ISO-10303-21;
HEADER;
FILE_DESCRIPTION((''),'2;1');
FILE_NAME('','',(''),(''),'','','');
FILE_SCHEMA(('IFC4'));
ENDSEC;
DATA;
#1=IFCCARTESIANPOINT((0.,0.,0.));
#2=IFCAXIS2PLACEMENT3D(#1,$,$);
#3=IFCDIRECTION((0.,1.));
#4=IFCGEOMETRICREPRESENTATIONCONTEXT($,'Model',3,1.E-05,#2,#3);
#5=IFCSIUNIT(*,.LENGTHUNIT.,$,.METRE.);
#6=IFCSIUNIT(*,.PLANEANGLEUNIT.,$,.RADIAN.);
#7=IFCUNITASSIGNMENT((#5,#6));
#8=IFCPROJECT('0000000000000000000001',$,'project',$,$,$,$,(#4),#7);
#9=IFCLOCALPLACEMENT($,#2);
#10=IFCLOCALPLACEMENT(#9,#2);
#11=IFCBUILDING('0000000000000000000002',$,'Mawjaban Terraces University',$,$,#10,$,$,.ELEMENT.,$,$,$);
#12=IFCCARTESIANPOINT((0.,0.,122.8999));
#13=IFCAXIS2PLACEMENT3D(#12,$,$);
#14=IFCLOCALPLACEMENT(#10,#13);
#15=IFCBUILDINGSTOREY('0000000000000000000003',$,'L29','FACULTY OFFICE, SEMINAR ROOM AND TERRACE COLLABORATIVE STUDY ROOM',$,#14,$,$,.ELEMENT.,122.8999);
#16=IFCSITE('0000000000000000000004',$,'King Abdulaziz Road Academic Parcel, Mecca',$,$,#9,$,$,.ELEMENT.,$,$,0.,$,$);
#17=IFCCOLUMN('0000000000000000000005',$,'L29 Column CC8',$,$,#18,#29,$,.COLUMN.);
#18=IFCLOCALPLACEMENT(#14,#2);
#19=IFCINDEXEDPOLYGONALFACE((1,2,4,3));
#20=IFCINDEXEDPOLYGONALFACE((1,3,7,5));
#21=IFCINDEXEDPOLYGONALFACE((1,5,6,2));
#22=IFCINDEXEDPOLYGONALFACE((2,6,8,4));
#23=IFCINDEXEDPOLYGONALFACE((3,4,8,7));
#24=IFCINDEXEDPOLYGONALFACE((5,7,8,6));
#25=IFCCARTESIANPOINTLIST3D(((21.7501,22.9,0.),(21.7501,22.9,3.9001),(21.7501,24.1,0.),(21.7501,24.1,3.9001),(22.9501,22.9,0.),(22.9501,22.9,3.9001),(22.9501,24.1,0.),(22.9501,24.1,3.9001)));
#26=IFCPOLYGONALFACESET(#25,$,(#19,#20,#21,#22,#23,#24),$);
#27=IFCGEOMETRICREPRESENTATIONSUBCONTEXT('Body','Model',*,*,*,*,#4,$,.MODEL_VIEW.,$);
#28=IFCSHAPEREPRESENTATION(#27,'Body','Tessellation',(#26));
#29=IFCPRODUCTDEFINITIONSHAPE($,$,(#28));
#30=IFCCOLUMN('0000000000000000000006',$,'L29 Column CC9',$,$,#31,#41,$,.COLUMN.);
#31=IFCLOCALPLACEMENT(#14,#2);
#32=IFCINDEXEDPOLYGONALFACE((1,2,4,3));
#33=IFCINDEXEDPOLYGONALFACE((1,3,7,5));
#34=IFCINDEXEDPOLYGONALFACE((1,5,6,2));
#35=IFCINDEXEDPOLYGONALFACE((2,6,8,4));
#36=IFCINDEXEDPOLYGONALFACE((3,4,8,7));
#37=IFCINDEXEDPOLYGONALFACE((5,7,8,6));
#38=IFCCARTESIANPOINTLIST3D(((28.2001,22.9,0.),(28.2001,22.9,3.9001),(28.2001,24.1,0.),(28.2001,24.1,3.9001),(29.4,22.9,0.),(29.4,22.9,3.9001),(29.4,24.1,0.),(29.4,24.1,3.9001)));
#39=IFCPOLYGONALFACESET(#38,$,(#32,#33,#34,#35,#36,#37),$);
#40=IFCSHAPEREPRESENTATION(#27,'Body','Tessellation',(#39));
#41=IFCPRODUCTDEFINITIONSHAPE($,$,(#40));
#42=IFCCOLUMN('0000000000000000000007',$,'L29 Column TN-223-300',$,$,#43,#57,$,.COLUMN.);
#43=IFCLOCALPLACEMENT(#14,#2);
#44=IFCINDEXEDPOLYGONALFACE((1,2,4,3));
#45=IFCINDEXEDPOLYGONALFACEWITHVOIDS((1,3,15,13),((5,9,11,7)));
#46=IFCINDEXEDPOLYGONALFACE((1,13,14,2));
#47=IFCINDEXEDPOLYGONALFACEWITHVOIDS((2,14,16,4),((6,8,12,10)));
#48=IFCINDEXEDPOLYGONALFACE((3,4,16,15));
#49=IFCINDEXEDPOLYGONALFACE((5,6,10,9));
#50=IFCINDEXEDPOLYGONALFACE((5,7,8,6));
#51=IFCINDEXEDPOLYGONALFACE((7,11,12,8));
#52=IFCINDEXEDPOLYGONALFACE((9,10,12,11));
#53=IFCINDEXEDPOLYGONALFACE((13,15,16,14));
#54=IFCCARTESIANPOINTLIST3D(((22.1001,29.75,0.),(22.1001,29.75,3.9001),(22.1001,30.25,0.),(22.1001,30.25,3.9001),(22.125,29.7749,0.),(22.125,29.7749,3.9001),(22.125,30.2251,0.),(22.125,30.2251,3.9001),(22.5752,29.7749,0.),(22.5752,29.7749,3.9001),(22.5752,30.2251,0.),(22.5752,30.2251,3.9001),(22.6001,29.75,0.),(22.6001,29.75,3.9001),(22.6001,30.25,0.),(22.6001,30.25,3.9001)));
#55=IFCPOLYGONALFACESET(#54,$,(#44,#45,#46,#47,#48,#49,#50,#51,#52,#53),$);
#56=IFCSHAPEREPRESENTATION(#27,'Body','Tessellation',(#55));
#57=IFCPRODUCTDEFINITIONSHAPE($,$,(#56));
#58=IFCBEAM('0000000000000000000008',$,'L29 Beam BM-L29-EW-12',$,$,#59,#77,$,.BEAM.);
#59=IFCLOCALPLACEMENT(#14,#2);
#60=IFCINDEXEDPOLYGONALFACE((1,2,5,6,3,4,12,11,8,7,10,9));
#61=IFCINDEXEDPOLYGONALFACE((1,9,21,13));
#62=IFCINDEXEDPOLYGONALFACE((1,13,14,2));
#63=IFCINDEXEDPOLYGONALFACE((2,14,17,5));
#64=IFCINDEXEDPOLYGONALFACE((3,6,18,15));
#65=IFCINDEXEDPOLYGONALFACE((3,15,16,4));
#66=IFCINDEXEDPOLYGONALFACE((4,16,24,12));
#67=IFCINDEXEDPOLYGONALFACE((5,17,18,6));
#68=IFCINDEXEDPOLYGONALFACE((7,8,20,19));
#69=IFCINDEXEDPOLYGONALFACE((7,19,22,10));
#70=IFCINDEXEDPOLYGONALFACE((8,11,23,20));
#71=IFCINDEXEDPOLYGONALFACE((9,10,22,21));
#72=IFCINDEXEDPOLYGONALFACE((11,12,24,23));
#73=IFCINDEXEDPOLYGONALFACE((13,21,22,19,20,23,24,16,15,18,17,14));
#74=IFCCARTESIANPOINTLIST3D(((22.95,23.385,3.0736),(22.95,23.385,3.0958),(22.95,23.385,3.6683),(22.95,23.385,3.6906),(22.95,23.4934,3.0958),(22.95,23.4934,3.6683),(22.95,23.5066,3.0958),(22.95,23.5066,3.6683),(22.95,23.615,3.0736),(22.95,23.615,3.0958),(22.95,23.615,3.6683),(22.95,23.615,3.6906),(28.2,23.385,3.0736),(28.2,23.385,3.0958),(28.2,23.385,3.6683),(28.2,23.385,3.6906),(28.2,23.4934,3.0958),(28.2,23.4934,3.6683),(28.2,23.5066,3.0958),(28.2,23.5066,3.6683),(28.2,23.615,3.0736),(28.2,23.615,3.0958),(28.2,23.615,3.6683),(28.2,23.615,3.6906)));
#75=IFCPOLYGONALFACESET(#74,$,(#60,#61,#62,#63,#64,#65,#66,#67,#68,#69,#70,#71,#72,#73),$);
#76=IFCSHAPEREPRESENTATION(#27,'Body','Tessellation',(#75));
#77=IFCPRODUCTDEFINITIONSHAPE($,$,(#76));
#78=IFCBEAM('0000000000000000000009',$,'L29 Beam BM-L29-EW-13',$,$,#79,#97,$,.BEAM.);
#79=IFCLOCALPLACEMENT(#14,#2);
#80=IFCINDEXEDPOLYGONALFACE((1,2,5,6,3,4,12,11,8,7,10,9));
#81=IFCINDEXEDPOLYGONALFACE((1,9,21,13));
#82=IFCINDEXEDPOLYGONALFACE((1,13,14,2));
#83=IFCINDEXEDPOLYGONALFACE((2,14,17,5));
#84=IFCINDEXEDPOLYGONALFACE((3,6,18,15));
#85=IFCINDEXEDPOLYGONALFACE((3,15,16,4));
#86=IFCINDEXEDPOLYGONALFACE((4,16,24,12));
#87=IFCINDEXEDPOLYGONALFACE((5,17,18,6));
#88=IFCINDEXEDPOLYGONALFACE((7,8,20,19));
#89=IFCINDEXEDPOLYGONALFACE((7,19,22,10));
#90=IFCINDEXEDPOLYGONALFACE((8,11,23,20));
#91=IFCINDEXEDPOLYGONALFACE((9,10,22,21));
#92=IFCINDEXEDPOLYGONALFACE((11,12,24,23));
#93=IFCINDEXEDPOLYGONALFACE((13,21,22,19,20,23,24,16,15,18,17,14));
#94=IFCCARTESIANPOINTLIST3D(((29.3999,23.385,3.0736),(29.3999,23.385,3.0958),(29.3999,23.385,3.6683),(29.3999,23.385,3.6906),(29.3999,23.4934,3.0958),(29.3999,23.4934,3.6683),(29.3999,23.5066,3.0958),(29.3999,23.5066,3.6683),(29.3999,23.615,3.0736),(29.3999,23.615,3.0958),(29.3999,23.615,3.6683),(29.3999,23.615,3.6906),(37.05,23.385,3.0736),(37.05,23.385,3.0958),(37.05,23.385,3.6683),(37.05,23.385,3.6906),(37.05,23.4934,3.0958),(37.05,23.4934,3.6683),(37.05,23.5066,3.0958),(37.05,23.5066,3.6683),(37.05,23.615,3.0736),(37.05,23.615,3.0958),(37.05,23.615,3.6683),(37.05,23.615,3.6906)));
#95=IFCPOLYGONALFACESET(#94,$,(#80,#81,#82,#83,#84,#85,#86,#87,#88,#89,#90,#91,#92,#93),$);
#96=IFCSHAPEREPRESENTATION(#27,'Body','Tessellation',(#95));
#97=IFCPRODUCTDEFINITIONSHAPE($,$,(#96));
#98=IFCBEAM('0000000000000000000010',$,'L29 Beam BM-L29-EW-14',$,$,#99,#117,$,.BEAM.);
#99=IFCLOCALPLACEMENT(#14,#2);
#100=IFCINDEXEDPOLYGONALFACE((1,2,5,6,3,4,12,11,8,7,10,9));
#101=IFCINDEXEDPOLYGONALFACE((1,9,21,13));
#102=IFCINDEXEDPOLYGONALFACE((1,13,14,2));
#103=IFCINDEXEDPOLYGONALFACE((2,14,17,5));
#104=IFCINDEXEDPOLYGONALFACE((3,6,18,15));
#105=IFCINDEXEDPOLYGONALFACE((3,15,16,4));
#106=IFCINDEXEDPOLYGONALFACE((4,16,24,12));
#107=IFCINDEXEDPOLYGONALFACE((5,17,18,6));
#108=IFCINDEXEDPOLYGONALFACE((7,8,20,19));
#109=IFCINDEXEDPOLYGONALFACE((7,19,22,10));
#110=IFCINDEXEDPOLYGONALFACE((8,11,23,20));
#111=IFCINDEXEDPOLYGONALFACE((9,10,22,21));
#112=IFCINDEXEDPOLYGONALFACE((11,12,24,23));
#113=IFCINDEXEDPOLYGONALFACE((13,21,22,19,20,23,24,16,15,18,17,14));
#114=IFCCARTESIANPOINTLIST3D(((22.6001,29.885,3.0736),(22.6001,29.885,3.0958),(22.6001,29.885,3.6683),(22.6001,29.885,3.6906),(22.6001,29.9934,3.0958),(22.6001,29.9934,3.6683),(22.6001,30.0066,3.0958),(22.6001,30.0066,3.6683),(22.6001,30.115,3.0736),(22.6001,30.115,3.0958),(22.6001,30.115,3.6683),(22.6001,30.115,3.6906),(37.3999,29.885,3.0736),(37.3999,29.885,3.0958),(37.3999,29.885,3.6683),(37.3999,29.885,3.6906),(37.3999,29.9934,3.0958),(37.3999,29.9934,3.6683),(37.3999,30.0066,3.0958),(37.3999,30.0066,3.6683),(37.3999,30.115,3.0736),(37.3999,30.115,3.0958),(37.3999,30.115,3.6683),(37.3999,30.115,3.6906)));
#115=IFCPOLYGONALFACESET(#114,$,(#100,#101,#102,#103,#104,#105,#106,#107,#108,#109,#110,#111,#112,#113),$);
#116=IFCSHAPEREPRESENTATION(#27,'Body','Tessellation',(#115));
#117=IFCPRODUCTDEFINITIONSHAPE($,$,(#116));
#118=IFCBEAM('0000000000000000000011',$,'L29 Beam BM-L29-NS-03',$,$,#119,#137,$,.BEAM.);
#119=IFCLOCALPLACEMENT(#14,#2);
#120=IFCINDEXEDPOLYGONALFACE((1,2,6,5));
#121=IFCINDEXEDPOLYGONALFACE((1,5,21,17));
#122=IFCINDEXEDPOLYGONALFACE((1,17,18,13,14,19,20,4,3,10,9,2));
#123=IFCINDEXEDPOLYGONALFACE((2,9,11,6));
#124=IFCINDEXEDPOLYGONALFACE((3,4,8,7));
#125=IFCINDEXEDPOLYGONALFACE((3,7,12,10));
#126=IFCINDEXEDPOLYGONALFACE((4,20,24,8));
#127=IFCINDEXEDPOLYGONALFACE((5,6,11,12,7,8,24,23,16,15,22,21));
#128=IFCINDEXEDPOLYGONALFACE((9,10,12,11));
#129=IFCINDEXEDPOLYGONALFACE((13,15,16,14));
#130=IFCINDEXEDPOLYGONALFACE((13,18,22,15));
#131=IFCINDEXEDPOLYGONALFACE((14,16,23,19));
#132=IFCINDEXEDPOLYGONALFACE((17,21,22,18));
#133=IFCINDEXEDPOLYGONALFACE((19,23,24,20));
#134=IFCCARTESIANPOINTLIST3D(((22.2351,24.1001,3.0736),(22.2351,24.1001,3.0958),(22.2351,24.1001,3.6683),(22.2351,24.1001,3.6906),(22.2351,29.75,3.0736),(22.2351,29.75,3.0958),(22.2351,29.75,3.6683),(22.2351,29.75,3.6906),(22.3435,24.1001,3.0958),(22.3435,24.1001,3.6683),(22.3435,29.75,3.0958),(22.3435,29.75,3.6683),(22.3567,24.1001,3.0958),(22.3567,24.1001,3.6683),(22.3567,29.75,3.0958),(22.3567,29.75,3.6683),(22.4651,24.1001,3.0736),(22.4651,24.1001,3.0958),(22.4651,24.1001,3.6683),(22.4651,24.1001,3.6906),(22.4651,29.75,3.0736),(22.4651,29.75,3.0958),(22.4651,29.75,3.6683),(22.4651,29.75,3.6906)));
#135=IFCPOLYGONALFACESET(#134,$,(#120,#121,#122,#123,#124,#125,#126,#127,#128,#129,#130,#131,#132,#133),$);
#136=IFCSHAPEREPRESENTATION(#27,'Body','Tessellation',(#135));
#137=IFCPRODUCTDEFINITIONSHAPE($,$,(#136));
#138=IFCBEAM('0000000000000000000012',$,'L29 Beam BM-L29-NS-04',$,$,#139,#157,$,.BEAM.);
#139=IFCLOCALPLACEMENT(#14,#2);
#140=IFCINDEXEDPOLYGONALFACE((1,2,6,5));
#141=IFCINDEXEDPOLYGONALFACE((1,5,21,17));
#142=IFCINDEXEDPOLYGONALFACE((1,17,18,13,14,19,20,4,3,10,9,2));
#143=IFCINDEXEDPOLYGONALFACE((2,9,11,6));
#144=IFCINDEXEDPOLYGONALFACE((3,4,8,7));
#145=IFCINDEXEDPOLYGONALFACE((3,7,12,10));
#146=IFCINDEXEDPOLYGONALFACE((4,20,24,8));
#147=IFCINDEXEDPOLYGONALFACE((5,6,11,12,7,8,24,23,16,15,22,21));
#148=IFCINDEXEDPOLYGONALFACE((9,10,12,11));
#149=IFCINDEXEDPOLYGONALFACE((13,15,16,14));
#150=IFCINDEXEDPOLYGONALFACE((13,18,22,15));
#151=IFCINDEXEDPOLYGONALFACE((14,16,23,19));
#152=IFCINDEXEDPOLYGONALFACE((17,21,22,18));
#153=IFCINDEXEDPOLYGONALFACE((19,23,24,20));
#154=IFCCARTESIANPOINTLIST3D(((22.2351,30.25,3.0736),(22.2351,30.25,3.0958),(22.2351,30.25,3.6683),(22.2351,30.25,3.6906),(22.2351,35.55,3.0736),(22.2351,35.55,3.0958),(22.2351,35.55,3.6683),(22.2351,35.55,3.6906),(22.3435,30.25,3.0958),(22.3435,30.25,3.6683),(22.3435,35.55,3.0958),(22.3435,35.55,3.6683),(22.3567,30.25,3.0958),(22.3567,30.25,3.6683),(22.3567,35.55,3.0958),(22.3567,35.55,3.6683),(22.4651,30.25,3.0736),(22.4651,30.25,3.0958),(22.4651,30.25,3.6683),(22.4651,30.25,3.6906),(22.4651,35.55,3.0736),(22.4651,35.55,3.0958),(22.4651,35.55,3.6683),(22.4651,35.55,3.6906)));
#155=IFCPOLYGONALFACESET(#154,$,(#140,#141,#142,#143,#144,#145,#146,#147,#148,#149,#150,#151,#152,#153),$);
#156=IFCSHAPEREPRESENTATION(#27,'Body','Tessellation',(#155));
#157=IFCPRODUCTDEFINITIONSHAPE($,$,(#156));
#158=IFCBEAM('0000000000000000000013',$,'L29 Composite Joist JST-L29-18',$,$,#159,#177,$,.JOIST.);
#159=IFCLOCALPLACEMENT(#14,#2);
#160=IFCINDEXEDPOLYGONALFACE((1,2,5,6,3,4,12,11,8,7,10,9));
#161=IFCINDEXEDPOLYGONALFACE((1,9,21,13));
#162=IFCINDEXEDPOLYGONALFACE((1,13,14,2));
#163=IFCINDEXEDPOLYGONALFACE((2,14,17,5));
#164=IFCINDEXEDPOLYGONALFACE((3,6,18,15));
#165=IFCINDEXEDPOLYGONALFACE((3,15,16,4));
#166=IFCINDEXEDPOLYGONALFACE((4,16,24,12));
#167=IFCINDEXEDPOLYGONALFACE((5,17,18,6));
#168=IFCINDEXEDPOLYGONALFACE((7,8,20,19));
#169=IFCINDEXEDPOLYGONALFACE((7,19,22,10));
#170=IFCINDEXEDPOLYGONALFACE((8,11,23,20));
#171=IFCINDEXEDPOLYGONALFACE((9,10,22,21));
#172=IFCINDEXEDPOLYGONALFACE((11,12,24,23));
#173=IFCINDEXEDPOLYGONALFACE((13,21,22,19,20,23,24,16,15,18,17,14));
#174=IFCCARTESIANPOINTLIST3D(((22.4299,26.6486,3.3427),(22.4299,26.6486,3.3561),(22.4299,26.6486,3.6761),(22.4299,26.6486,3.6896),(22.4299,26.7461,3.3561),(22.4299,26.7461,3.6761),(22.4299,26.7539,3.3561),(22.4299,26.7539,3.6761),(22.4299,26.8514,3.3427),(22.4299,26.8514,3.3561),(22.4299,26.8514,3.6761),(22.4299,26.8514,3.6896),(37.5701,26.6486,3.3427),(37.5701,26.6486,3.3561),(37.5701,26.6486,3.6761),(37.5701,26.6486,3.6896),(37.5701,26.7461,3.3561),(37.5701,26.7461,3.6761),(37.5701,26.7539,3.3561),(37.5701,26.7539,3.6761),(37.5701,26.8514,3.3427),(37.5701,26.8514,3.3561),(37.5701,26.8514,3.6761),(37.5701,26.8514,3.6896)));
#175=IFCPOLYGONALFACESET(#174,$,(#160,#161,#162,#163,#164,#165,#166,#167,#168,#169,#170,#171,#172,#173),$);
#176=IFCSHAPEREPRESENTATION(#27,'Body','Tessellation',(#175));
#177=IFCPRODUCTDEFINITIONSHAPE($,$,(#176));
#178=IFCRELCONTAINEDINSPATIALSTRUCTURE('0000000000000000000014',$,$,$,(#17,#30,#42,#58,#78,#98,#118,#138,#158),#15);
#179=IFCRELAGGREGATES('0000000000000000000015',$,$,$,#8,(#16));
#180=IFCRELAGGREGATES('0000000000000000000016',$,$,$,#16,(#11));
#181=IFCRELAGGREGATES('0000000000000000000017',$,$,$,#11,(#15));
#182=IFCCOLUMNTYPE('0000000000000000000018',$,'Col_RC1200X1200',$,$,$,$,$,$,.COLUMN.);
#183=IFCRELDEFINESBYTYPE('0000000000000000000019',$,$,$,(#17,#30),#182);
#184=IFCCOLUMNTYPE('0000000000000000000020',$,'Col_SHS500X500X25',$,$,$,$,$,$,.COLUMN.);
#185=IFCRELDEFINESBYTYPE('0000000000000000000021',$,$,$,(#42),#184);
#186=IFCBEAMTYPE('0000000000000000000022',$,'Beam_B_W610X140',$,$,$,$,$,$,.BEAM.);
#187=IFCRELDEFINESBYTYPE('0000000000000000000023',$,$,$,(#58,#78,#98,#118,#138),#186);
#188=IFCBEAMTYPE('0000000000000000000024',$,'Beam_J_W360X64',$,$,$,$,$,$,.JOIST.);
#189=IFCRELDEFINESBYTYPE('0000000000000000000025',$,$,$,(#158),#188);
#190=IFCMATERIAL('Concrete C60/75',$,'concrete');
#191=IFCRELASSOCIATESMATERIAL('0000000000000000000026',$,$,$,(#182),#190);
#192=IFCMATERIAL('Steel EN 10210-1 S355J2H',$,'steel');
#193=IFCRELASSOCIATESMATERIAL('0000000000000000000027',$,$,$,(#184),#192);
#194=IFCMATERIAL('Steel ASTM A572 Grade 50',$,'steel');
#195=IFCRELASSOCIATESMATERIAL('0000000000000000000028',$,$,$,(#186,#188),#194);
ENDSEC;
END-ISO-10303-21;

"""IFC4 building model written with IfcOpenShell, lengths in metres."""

from ifc_helpers import new_model, si_unit, direction, frame, origin, origin_2d, place, context, subcontext, project, spatial, rectangle, hollow_rectangle, i_section, extrude, material, material_profile, profile_set, type_object, element, save


model = new_model("IFC4")

# Units and contexts
model_context = context("Model", 3, precision=1e-05, world=origin(), true_north=direction((0.0, 1.0)))
body_context = subcontext(model_context, "Body", "Model", "MODEL_VIEW")
ifc_project = project(units=[si_unit("LENGTHUNIT", "METRE"), si_unit("PLANEANGLEUNIT", "RADIAN")], contexts=[model_context])

# Site, building, storey
site_placement = place(None, origin())
site = spatial("IfcSite", under=ifc_project, at=site_placement, Name="King Abdulaziz Road Academic Parcel, Mecca", CompositionType="ELEMENT", RefElevation=0.0)
building_placement = place(site_placement, origin())
building = spatial("IfcBuilding", under=site, at=building_placement, Name="Mawjaban Terraces University", CompositionType="ELEMENT")
storey_placement = place(building_placement, frame((0.0, 0.0, 122.8999)))
storey = spatial("IfcBuildingStorey", under=building, at=storey_placement, Name="L29", Description="FACULTY OFFICE, SEMINAR ROOM AND TERRACE COLLABORATIVE STUDY ROOM", CompositionType="ELEMENT", Elevation=122.8999)

# Columns
ifc_material_1 = material(Name="Concrete C60/75", Category="concrete")
ifc_material_profile_1 = material_profile(ifc_material_1, rectangle(XDim=1.2, YDim=1.2, at=origin_2d()), Name="RC1200X1200")
ifc_profile_set_1 = profile_set([ifc_material_profile_1], Name="Concrete C60/75")
column_type_1 = type_object("IfcColumnType", Name="Col_RC1200X1200", PredefinedType="COLUMN", material=ifc_profile_set_1)
for number, where, z_axis, x_axis, name in (
    (1, (22.3501, 23.5, 0.0), (0.0, 0.0, 1.0), (1.0, 0.0, 0.0), "L29 Column CC8"),
    (2, (28.8, 23.5, 0.0), (0.0, 0.0, 1.0), (1.0, 0.0, 0.0), "L29 Column CC9"),
):
    element("IfcColumn", number, at=place(storey_placement, frame(where, z_axis=z_axis, x_axis=x_axis)), inside=storey, type_object=column_type_1, Name=name, PredefinedType="COLUMN", context=body_context, shape_type="SweptSolid", body=[
        extrude(rectangle(XDim=1.2, YDim=1.2, at=origin_2d()), origin(), (0.0, 0.0, 1.0), 3.9001),
    ])
ifc_material_2 = material(Name="Steel EN 10210-1 S355J2H", Category="steel")
ifc_material_profile_2 = material_profile(ifc_material_2, hollow_rectangle(XDim=0.5, YDim=0.5, WallThickness=0.0249, at=origin_2d()), Name="SHS500X500X25")
ifc_profile_set_2 = profile_set([ifc_material_profile_2], Name="Steel EN 10210-1 S355J2H")
column_type_2 = type_object("IfcColumnType", Name="Col_SHS500X500X25", PredefinedType="COLUMN", material=ifc_profile_set_2)
column_placement = place(storey_placement, frame((22.3501, 30.0, 0.0), z_axis=(0.0, 0.0, 1.0), x_axis=(1.0, 0.0, 0.0)))
element("IfcColumn", 3, at=column_placement, inside=storey, type_object=column_type_2, Name="L29 Column TN-223-300", PredefinedType="COLUMN", context=body_context, shape_type="SweptSolid", body=[
    extrude(hollow_rectangle(XDim=0.5, YDim=0.5, WallThickness=0.0249, at=origin_2d()), origin(), (0.0, 0.0, 1.0), 3.9001),
])

# Beams
ifc_material_3 = material(Name="Steel ASTM A572 Grade 50", Category="steel")
ifc_material_profile_3 = material_profile(ifc_material_3, i_section(OverallWidth=0.23, OverallDepth=0.6169, WebThickness=0.0132, FlangeThickness=0.0222, at=origin_2d()), Name="W610X140")
ifc_profile_set_3 = profile_set([ifc_material_profile_3], Name="Steel ASTM A572 Grade 50")
beam_type_1 = type_object("IfcBeamType", Name="Beam_B_W610X140", PredefinedType="BEAM", material=ifc_profile_set_3)
beam_1_placement = place(storey_placement, frame((22.95, 23.5, 3.3821), z_axis=(1.0, 0.0, 0.0), x_axis=(0.0, 1.0, 0.0)))
element("IfcBeam", 4, at=beam_1_placement, inside=storey, type_object=beam_type_1, Name="L29 Beam BM-L29-EW-12", PredefinedType="BEAM", context=body_context, shape_type="SweptSolid", body=[
    extrude(i_section(OverallWidth=0.23, OverallDepth=0.6169, WebThickness=0.0132, FlangeThickness=0.0222, at=origin_2d()), origin(), (0.0, 0.0, 1.0), 5.25),
])
beam_2_placement = place(storey_placement, frame((29.3999, 23.5, 3.3821), z_axis=(1.0, 0.0, 0.0), x_axis=(0.0, 1.0, 0.0)))
element("IfcBeam", 5, at=beam_2_placement, inside=storey, type_object=beam_type_1, Name="L29 Beam BM-L29-EW-13", PredefinedType="BEAM", context=body_context, shape_type="SweptSolid", body=[
    extrude(i_section(OverallWidth=0.23, OverallDepth=0.6169, WebThickness=0.0132, FlangeThickness=0.0222, at=origin_2d()), origin(), (0.0, 0.0, 1.0), 7.6501),
])
beam_3_placement = place(storey_placement, frame((22.6001, 30.0, 3.3821), z_axis=(1.0, 0.0, 0.0), x_axis=(0.0, 1.0, 0.0)))
element("IfcBeam", 6, at=beam_3_placement, inside=storey, type_object=beam_type_1, Name="L29 Beam BM-L29-EW-14", PredefinedType="BEAM", context=body_context, shape_type="SweptSolid", body=[
    extrude(i_section(OverallWidth=0.23, OverallDepth=0.6169, WebThickness=0.0132, FlangeThickness=0.0222, at=origin_2d()), origin(), (0.0, 0.0, 1.0), 14.7998),
])
beam_4_placement = place(storey_placement, frame((22.3501, 24.1001, 3.3821), z_axis=(0.0, 1.0, 0.0), x_axis=(-1.0, 0.0, 0.0)))
element("IfcBeam", 7, at=beam_4_placement, inside=storey, type_object=beam_type_1, Name="L29 Beam BM-L29-NS-03", PredefinedType="BEAM", context=body_context, shape_type="SweptSolid", body=[
    extrude(i_section(OverallWidth=0.23, OverallDepth=0.6169, WebThickness=0.0132, FlangeThickness=0.0222, at=origin_2d()), origin(), (0.0, 0.0, 1.0), 5.6499),
])
beam_5_placement = place(storey_placement, frame((22.3501, 30.25, 3.3821), z_axis=(0.0, 1.0, 0.0), x_axis=(-1.0, 0.0, 0.0)))
element("IfcBeam", 8, at=beam_5_placement, inside=storey, type_object=beam_type_1, Name="L29 Beam BM-L29-NS-04", PredefinedType="BEAM", context=body_context, shape_type="SweptSolid", body=[
    extrude(i_section(OverallWidth=0.23, OverallDepth=0.6169, WebThickness=0.0132, FlangeThickness=0.0222, at=origin_2d()), origin(), (0.0, 0.0, 1.0), 5.3),
])
ifc_material_profile_4 = material_profile(ifc_material_3, i_section(OverallWidth=0.2029, OverallDepth=0.3469, WebThickness=0.0078, FlangeThickness=0.0134, at=origin_2d()), Name="W360X64")
ifc_profile_set_4 = profile_set([ifc_material_profile_4], Name="Steel ASTM A572 Grade 50")
beam_type_2 = type_object("IfcBeamType", Name="Beam_J_W360X64", PredefinedType="JOIST", material=ifc_profile_set_4)
for number, where, z_axis, x_axis, name in (
    (9, (22.4299, 26.75, 3.5161), (1.0, 0.0, 0.0), (0.0, 1.0, 0.0), "L29 Composite Joist JST-L29-18"),
):
    element("IfcBeam", number, at=place(storey_placement, frame(where, z_axis=z_axis, x_axis=x_axis)), inside=storey, type_object=beam_type_2, Name=name, PredefinedType="JOIST", context=body_context, shape_type="SweptSolid", body=[
        extrude(i_section(OverallWidth=0.2029, OverallDepth=0.3469, WebThickness=0.0078, FlangeThickness=0.0134, at=origin_2d()), origin(), (0.0, 0.0, 1.0), 15.1401),
    ])

save(model, "model.ifc")
